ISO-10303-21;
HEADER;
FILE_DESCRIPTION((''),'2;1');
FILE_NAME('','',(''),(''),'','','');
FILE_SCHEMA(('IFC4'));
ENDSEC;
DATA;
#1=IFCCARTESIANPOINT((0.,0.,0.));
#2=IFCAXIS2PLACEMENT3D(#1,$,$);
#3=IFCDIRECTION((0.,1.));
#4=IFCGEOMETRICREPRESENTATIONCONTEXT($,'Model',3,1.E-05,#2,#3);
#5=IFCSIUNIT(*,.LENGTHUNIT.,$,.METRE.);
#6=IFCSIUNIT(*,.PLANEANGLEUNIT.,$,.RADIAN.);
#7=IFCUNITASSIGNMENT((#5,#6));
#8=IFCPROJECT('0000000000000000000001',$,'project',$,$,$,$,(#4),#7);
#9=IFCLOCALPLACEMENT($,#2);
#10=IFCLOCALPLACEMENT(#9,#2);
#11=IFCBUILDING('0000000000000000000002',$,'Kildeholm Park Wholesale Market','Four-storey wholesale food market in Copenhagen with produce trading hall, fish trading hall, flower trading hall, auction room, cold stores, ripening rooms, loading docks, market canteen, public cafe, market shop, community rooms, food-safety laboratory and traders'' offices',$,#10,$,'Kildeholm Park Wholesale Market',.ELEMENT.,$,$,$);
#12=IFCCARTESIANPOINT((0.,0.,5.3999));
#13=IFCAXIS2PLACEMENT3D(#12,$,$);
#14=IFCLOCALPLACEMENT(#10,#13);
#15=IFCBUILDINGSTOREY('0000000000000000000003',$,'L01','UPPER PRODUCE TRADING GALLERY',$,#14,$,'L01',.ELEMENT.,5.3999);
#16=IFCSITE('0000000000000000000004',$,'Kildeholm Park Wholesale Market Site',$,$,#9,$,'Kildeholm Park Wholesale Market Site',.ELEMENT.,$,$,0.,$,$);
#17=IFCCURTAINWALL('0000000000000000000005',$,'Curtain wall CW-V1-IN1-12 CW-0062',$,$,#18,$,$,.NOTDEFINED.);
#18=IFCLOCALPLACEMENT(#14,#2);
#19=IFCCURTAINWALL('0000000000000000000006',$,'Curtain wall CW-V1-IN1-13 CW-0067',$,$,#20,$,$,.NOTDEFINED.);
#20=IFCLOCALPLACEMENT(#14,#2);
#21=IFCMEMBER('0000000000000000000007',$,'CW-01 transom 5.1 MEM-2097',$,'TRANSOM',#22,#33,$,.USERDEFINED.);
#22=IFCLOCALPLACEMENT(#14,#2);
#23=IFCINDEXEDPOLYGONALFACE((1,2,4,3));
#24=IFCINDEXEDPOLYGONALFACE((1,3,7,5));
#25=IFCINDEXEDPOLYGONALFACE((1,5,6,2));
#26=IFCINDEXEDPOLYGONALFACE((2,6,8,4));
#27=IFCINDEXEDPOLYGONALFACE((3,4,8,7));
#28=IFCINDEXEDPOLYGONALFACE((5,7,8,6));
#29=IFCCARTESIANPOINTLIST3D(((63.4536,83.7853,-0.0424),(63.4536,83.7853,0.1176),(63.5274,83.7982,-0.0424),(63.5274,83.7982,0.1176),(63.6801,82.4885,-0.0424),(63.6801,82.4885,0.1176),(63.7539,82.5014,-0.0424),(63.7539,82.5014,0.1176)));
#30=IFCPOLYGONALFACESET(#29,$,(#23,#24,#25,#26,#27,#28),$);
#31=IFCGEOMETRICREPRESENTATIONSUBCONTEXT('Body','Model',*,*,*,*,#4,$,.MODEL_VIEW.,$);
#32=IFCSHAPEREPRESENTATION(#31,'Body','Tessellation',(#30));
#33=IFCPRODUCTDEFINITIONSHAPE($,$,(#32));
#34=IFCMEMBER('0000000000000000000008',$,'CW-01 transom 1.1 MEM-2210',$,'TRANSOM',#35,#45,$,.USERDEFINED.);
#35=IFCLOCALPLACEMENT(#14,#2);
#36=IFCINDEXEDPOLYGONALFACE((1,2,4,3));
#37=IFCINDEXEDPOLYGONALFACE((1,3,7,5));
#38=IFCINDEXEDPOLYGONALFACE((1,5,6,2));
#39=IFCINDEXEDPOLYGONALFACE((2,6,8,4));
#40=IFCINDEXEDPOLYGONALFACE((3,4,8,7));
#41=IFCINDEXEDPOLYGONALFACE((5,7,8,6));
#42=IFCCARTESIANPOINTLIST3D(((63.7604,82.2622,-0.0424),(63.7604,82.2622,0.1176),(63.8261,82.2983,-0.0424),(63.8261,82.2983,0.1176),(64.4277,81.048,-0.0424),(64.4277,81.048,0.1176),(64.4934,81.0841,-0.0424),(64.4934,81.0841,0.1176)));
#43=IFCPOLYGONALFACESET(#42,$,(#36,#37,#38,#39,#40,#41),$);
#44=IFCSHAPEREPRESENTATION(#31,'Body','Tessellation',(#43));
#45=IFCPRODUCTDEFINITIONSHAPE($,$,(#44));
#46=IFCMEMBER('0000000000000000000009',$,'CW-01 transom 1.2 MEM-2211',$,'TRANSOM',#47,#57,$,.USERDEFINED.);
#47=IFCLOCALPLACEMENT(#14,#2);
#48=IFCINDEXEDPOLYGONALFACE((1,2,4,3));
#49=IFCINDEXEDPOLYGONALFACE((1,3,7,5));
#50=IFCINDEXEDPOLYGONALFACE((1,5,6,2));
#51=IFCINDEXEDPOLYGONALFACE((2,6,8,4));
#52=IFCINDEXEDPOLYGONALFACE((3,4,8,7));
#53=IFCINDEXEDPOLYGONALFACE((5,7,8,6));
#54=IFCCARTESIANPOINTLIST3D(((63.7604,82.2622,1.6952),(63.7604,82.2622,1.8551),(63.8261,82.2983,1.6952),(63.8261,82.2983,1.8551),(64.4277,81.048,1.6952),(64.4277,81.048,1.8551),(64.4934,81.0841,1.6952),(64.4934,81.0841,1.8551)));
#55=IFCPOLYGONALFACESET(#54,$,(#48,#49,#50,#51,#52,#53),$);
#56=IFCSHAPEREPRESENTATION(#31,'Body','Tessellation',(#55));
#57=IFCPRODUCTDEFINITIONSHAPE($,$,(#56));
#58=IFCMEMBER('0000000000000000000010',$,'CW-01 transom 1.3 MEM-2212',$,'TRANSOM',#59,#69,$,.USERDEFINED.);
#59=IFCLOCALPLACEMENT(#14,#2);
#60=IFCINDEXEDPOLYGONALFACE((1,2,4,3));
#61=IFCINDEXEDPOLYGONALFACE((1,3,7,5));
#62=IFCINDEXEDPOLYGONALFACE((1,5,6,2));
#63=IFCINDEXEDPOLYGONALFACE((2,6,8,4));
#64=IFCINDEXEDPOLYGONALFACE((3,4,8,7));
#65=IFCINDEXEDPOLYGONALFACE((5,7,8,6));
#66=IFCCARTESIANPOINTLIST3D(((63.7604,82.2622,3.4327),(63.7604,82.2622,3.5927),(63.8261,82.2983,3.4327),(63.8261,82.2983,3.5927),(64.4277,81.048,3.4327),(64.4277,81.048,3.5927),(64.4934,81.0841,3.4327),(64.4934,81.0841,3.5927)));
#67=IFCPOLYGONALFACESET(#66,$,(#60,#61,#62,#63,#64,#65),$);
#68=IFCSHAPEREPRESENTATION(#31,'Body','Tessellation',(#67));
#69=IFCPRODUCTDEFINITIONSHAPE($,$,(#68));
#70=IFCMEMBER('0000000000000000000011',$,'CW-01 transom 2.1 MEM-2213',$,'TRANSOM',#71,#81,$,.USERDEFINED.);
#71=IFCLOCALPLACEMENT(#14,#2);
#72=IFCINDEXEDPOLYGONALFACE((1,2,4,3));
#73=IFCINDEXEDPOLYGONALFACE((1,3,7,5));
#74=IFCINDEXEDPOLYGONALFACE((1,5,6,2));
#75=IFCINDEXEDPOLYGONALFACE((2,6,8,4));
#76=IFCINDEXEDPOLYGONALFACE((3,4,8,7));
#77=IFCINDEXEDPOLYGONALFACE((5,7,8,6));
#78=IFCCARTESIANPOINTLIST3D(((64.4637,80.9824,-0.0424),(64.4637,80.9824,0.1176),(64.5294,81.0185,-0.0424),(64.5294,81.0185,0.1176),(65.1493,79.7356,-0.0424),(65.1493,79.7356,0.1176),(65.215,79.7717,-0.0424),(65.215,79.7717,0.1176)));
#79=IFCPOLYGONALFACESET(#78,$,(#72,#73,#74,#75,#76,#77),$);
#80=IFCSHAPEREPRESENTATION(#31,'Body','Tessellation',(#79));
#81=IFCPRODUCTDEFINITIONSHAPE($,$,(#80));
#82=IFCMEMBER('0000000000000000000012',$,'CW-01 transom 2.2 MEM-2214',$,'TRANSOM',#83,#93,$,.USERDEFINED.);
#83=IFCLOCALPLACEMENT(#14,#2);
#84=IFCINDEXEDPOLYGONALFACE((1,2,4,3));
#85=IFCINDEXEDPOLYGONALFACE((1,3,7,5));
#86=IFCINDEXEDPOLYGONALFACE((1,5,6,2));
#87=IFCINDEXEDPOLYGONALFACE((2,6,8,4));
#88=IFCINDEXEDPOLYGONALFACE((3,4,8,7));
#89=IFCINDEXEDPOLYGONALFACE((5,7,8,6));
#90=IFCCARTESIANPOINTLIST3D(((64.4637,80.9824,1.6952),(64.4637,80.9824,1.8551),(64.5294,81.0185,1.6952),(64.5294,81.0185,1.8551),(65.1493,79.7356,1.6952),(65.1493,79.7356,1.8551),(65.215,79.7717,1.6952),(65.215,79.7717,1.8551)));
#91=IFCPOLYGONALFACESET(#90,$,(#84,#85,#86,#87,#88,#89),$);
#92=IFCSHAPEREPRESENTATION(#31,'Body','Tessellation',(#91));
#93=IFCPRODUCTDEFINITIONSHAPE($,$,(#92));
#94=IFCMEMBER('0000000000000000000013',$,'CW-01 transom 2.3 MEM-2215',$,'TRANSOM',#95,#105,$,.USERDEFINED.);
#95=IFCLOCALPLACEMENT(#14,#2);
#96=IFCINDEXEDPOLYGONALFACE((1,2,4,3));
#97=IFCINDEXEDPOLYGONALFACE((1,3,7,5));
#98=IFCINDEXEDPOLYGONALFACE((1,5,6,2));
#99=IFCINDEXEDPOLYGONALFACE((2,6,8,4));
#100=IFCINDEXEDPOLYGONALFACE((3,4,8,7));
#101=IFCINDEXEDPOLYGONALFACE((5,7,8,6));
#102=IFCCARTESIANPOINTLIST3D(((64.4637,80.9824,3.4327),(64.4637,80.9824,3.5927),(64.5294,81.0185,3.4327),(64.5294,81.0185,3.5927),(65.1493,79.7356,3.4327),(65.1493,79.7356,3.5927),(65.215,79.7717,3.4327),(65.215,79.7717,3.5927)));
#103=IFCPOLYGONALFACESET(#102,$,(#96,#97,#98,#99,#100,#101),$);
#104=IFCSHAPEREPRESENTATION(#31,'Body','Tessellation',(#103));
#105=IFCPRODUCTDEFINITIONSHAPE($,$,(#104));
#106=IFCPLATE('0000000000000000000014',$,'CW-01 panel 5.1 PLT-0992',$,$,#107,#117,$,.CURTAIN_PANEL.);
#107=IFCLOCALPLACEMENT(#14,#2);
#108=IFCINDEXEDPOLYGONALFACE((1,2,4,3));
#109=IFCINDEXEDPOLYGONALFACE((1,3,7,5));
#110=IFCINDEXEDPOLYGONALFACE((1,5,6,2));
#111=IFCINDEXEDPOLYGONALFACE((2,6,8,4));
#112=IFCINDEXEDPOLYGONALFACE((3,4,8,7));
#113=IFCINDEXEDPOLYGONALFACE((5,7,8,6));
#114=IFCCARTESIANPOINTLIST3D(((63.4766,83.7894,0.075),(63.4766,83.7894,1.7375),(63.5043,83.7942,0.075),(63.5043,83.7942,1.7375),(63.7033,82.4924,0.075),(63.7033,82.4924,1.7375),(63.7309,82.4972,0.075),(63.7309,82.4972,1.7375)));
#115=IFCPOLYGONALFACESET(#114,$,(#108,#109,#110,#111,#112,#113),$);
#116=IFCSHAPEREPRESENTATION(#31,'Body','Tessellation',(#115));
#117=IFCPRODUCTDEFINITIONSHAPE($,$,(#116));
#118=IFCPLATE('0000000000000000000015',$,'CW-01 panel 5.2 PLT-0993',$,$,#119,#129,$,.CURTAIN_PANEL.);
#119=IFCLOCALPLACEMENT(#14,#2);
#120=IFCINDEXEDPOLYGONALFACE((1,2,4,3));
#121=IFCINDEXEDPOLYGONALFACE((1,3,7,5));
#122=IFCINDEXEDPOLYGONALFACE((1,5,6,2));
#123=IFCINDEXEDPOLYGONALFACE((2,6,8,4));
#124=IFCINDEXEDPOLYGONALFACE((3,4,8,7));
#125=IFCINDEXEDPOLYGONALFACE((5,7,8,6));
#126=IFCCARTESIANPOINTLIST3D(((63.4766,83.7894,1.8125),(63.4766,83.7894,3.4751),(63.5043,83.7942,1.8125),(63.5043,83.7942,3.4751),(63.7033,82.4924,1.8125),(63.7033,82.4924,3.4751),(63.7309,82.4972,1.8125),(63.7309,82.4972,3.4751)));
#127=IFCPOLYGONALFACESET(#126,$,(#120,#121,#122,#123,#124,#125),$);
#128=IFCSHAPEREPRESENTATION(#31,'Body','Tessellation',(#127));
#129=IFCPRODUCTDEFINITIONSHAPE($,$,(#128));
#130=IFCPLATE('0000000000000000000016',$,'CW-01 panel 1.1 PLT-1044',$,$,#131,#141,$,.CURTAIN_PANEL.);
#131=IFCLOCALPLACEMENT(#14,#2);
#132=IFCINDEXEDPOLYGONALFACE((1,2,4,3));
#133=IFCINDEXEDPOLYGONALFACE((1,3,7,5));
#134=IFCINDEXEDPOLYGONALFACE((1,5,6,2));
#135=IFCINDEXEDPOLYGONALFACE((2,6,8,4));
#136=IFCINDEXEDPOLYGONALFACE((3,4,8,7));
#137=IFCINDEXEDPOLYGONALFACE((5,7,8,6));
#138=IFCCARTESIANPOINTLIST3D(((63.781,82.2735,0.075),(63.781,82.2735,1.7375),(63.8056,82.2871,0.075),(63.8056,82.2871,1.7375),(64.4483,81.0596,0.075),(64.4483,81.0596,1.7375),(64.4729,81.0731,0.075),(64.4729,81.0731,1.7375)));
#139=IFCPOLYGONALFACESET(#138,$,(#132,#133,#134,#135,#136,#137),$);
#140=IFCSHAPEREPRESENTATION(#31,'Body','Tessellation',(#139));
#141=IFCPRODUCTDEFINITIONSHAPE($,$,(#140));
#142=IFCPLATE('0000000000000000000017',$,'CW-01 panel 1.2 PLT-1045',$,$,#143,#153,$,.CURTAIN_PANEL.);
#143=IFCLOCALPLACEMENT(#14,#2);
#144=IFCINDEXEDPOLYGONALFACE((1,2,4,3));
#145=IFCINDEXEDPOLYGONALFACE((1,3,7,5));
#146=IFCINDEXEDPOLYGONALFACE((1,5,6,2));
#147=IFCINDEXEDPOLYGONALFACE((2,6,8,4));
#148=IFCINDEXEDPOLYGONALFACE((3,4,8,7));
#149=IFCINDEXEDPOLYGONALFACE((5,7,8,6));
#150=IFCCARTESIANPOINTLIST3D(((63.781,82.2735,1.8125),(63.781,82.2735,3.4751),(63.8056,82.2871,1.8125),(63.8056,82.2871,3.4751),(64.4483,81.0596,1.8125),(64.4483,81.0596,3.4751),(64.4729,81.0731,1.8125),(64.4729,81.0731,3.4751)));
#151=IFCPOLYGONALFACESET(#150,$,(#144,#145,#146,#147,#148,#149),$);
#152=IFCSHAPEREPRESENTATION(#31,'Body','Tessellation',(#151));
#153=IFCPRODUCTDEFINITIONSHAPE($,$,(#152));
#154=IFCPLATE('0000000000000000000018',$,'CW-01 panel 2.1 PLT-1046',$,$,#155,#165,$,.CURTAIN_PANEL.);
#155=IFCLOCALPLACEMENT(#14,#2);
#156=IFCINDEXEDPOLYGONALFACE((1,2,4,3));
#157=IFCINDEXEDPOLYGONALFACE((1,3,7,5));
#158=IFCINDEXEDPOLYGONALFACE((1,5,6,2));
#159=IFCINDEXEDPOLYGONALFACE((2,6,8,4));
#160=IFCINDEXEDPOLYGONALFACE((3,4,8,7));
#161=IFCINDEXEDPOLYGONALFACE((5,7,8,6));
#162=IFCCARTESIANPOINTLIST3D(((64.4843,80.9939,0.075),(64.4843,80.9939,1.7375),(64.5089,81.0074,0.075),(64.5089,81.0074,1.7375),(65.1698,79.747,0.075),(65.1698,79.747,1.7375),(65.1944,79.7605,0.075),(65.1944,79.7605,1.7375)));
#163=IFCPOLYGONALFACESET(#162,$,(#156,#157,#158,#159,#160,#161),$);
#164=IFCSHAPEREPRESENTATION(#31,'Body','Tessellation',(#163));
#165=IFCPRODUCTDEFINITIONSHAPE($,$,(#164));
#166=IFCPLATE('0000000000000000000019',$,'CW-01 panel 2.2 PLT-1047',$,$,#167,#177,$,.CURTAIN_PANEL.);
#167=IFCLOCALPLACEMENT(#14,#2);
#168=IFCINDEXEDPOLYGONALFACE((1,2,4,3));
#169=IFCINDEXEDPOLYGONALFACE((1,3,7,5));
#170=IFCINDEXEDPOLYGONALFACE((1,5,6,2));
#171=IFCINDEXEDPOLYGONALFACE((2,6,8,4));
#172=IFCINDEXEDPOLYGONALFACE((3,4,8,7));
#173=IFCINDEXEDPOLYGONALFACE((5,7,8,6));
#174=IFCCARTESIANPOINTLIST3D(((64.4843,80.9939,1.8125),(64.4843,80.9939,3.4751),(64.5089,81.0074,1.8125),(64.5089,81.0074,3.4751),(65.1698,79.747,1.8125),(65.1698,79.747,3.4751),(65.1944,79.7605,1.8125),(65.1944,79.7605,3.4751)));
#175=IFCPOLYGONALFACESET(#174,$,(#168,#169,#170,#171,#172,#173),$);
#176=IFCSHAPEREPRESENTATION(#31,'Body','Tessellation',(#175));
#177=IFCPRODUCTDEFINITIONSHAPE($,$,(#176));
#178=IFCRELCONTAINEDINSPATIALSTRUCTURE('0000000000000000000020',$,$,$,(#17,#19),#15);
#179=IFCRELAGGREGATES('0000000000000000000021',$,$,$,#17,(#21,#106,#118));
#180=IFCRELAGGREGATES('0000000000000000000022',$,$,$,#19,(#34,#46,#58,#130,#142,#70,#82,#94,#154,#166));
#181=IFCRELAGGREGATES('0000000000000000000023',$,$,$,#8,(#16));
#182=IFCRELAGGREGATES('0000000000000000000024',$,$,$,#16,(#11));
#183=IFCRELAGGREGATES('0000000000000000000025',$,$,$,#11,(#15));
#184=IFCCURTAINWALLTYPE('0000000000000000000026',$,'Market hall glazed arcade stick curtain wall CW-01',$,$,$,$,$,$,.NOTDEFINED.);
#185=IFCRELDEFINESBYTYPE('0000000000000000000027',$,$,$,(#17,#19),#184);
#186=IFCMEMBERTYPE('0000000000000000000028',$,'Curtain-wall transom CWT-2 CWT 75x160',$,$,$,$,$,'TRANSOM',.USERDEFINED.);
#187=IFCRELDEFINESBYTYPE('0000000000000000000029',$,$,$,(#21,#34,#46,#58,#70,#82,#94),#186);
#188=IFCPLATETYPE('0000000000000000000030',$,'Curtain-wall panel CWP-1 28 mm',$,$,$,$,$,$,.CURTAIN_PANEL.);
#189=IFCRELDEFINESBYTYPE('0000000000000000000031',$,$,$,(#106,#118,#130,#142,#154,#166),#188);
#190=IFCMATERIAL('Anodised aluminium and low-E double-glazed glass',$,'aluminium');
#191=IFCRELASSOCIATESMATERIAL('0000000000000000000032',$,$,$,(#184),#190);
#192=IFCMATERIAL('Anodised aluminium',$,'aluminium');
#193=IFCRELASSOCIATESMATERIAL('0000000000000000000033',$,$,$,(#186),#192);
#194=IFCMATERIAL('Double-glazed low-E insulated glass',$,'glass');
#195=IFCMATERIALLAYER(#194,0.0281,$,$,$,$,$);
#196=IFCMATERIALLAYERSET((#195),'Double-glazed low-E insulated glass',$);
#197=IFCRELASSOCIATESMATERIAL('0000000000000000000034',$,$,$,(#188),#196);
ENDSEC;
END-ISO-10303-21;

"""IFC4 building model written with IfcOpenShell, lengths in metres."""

from ifc_helpers import new_model, si_unit, direction, frame, origin, origin_2d, place, context, subcontext, project, spatial, rectangle, extrude, material, layer, layer_set, material_profile, profile_set, type_object, element, aggregate, save


model = new_model("IFC4")

# Units and contexts
model_context = context("Model", 3, precision=1e-05, world=origin(), true_north=direction((0.0, 1.0)))
body_context = subcontext(model_context, "Body", "Model", "MODEL_VIEW")
ifc_project = project(units=[si_unit("LENGTHUNIT", "METRE"), si_unit("PLANEANGLEUNIT", "RADIAN")], contexts=[model_context])

# Site, building, storey
site_placement = place(None, origin())
site = spatial("IfcSite", under=ifc_project, at=site_placement, Name="Kildeholm Park Wholesale Market Site", LongName="Kildeholm Park Wholesale Market Site", CompositionType="ELEMENT", RefElevation=0.0)
building_placement = place(site_placement, origin())
building = spatial("IfcBuilding", under=site, at=building_placement, Name="Kildeholm Park Wholesale Market", Description="Four-storey wholesale food market in Copenhagen with produce trading hall, fish trading hall, flower trading hall, auction room, cold stores, ripening rooms, loading docks, market canteen, public cafe, market shop, community rooms, food-safety laboratory and traders' offices", LongName="Kildeholm Park Wholesale Market", CompositionType="ELEMENT")
storey_placement = place(building_placement, frame((0.0, 0.0, 5.3999)))
storey = spatial("IfcBuildingStorey", under=building, at=storey_placement, Name="L01", Description="UPPER PRODUCE TRADING GALLERY", LongName="L01", CompositionType="ELEMENT", Elevation=5.3999)

# Curtain wall
ifc_material_1 = material(Name="Anodised aluminium and low-E double-glazed glass", Category="aluminium")
curtain_wall_type = type_object("IfcCurtainWallType", Name="Market hall glazed arcade stick curtain wall CW-01", PredefinedType="NOTDEFINED", material=ifc_material_1)
curtain_wall_1_placement = place(storey_placement, origin())
curtain_wall_1 = element("IfcCurtainWall", 1, at=curtain_wall_1_placement, inside=storey, type_object=curtain_wall_type, Name="Curtain wall CW-V1-IN1-12 CW-0062", PredefinedType="NOTDEFINED")
ifc_material_2 = material(Name="Anodised aluminium", Category="aluminium")

# Curtain wall
curtain_wall_2_placement = place(storey_placement, origin())
curtain_wall_2 = element("IfcCurtainWall", 2, at=curtain_wall_2_placement, inside=storey, type_object=curtain_wall_type, Name="Curtain wall CW-V1-IN1-13 CW-0067", PredefinedType="NOTDEFINED")

# Members
ifc_material_profile_1 = material_profile(ifc_material_2, rectangle(XDim=0.075, YDim=0.1599, at=origin_2d()), Name="CWT 75x160")
ifc_profile_set_1 = profile_set([ifc_material_profile_1], Name="Anodised aluminium")
member_type_1 = type_object("IfcMemberType", Name="Curtain-wall transom CWT-2 CWT 75x160", ElementType="TRANSOM", PredefinedType="USERDEFINED", material=ifc_profile_set_1)
member_1_placement = place(storey_placement, frame((63.4905, 83.7917, 0.0376), z_axis=(0.172092, -0.985081, 0.0), x_axis=(0.985081, 0.172092, 0.0)))
member_1 = element("IfcMember", 3, at=member_1_placement, type_object=member_type_1, Name="CW-01 transom 5.1 MEM-2097", ObjectType="TRANSOM", PredefinedType="USERDEFINED", context=body_context, shape_type="SweptSolid", body=[
    extrude(rectangle(XDim=0.075, YDim=0.1599, at=origin_2d()), origin(), (0.0, 0.0, 1.0), 1.3164),
])
member_2_placement = place(storey_placement, frame((63.7932, 82.2803, 0.0376), z_axis=(0.481628, -0.876376, 0.0), x_axis=(0.876376, 0.481628, 0.0)))
member_2 = element("IfcMember", 4, at=member_2_placement, type_object=member_type_1, Name="CW-01 transom 1.1 MEM-2210", ObjectType="TRANSOM", PredefinedType="USERDEFINED", context=body_context, shape_type="SweptSolid", body=[
    extrude(rectangle(XDim=0.075, YDim=0.1599, at=origin_2d()), origin(), (0.0, 0.0, 1.0), 1.3855),
])
member_3_placement = place(storey_placement, frame((63.7932, 82.2803, 1.7751), z_axis=(0.481628, -0.876376, 0.0), x_axis=(0.876376, 0.481628, 0.0)))
member_3 = element("IfcMember", 5, at=member_3_placement, type_object=member_type_1, Name="CW-01 transom 1.2 MEM-2211", ObjectType="TRANSOM", PredefinedType="USERDEFINED", context=body_context, shape_type="SweptSolid", body=[
    extrude(rectangle(XDim=0.075, YDim=0.1599, at=origin_2d()), origin(), (0.0, 0.0, 1.0), 1.3855),
])
member_4_placement = place(storey_placement, frame((63.7932, 82.2803, 3.5127), z_axis=(0.481628, -0.876376, 0.0), x_axis=(0.876376, 0.481628, 0.0)))
member_4 = element("IfcMember", 6, at=member_4_placement, type_object=member_type_1, Name="CW-01 transom 1.3 MEM-2212", ObjectType="TRANSOM", PredefinedType="USERDEFINED", context=body_context, shape_type="SweptSolid", body=[
    extrude(rectangle(XDim=0.075, YDim=0.1599, at=origin_2d()), origin(), (0.0, 0.0, 1.0), 1.3855),
])
member_5_placement = place(storey_placement, frame((64.4966, 81.0005, 0.0376), z_axis=(0.481807, -0.876277, 0.0), x_axis=(0.876277, 0.481807, 0.0)))
member_5 = element("IfcMember", 7, at=member_5_placement, type_object=member_type_1, Name="CW-01 transom 2.1 MEM-2213", ObjectType="TRANSOM", PredefinedType="USERDEFINED", context=body_context, shape_type="SweptSolid", body=[
    extrude(rectangle(XDim=0.075, YDim=0.1599, at=origin_2d()), origin(), (0.0, 0.0, 1.0), 1.4229),
])
member_6_placement = place(storey_placement, frame((64.4966, 81.0005, 1.7751), z_axis=(0.481807, -0.876277, 0.0), x_axis=(0.876277, 0.481807, 0.0)))
member_6 = element("IfcMember", 8, at=member_6_placement, type_object=member_type_1, Name="CW-01 transom 2.2 MEM-2214", ObjectType="TRANSOM", PredefinedType="USERDEFINED", context=body_context, shape_type="SweptSolid", body=[
    extrude(rectangle(XDim=0.075, YDim=0.1599, at=origin_2d()), origin(), (0.0, 0.0, 1.0), 1.4229),
])
member_7_placement = place(storey_placement, frame((64.4966, 81.0005, 3.5127), z_axis=(0.481807, -0.876277, 0.0), x_axis=(0.876277, 0.481807, 0.0)))
member_7 = element("IfcMember", 9, at=member_7_placement, type_object=member_type_1, Name="CW-01 transom 2.3 MEM-2215", ObjectType="TRANSOM", PredefinedType="USERDEFINED", context=body_context, shape_type="SweptSolid", body=[
    extrude(rectangle(XDim=0.075, YDim=0.1599, at=origin_2d()), origin(), (0.0, 0.0, 1.0), 1.4229),
])

# Plates
ifc_material_3 = material(Name="Double-glazed low-E insulated glass", Category="glass")
ifc_layer = layer(ifc_material_3, 0.0281)
ifc_layer_set = layer_set([ifc_layer], Name="Double-glazed low-E insulated glass")
plate_type = type_object("IfcPlateType", Name="Curtain-wall panel CWP-1 28 mm", PredefinedType="CURTAIN_PANEL", material=ifc_layer_set)
plate_1_placement = place(storey_placement, frame((63.6038, 83.1433, 0.075), z_axis=(0.0, 0.0, 1.0), x_axis=(0.172133, -0.985074, 0.0)))
plate_1 = element("IfcPlate", 10, at=plate_1_placement, type_object=plate_type, Name="CW-01 panel 5.1 PLT-0992", PredefinedType="CURTAIN_PANEL", context=body_context, shape_type="SweptSolid", body=[
    extrude(rectangle(XDim=1.3167, YDim=0.0281, at=origin_2d()), origin(), (0.0, 0.0, 1.0), 1.6626),
])
plate_2_placement = place(storey_placement, frame((63.6038, 83.1433, 1.8125), z_axis=(0.0, 0.0, 1.0), x_axis=(0.172133, -0.985074, 0.0)))
plate_2 = element("IfcPlate", 11, at=plate_2_placement, type_object=plate_type, Name="CW-01 panel 5.2 PLT-0993", PredefinedType="CURTAIN_PANEL", context=body_context, shape_type="SweptSolid", body=[
    extrude(rectangle(XDim=1.3167, YDim=0.0281, at=origin_2d()), origin(), (0.0, 0.0, 1.0), 1.6626),
])
aggregate(curtain_wall_1, [member_1, plate_1, plate_2])
plate_3_placement = place(storey_placement, frame((64.127, 81.6733, 0.075), z_axis=(0.0, 0.0, 1.0), x_axis=(0.48175, -0.876309, 0.0)))
plate_3 = element("IfcPlate", 12, at=plate_3_placement, type_object=plate_type, Name="CW-01 panel 1.1 PLT-1044", PredefinedType="CURTAIN_PANEL", context=body_context, shape_type="SweptSolid", body=[
    extrude(rectangle(XDim=1.3853, YDim=0.0281, at=origin_2d()), origin(), (0.0, 0.0, 1.0), 1.6626),
])
plate_4_placement = place(storey_placement, frame((64.127, 81.6733, 1.8125), z_axis=(0.0, 0.0, 1.0), x_axis=(0.48175, -0.876309, 0.0)))
plate_4 = element("IfcPlate", 13, at=plate_4_placement, type_object=plate_type, Name="CW-01 panel 1.2 PLT-1045", PredefinedType="CURTAIN_PANEL", context=body_context, shape_type="SweptSolid", body=[
    extrude(rectangle(XDim=1.3853, YDim=0.0281, at=origin_2d()), origin(), (0.0, 0.0, 1.0), 1.6626),
])
plate_5_placement = place(storey_placement, frame((64.8394, 80.3772, 0.075), z_axis=(0.0, 0.0, 1.0), x_axis=(0.48175, -0.876309, 0.0)))
plate_5 = element("IfcPlate", 14, at=plate_5_placement, type_object=plate_type, Name="CW-01 panel 2.1 PLT-1046", PredefinedType="CURTAIN_PANEL", context=body_context, shape_type="SweptSolid", body=[
    extrude(rectangle(XDim=1.4229, YDim=0.0281, at=origin_2d()), origin(), (0.0, 0.0, 1.0), 1.6626),
])
plate_6_placement = place(storey_placement, frame((64.8394, 80.3772, 1.8125), z_axis=(0.0, 0.0, 1.0), x_axis=(0.48175, -0.876309, 0.0)))
plate_6 = element("IfcPlate", 15, at=plate_6_placement, type_object=plate_type, Name="CW-01 panel 2.2 PLT-1047", PredefinedType="CURTAIN_PANEL", context=body_context, shape_type="SweptSolid", body=[
    extrude(rectangle(XDim=1.4229, YDim=0.0281, at=origin_2d()), origin(), (0.0, 0.0, 1.0), 1.6626),
])
aggregate(curtain_wall_2, [member_2, member_3, member_4, plate_3, plate_4, member_5, member_6, member_7, plate_5, plate_6])

save(model, "model.ifc")
